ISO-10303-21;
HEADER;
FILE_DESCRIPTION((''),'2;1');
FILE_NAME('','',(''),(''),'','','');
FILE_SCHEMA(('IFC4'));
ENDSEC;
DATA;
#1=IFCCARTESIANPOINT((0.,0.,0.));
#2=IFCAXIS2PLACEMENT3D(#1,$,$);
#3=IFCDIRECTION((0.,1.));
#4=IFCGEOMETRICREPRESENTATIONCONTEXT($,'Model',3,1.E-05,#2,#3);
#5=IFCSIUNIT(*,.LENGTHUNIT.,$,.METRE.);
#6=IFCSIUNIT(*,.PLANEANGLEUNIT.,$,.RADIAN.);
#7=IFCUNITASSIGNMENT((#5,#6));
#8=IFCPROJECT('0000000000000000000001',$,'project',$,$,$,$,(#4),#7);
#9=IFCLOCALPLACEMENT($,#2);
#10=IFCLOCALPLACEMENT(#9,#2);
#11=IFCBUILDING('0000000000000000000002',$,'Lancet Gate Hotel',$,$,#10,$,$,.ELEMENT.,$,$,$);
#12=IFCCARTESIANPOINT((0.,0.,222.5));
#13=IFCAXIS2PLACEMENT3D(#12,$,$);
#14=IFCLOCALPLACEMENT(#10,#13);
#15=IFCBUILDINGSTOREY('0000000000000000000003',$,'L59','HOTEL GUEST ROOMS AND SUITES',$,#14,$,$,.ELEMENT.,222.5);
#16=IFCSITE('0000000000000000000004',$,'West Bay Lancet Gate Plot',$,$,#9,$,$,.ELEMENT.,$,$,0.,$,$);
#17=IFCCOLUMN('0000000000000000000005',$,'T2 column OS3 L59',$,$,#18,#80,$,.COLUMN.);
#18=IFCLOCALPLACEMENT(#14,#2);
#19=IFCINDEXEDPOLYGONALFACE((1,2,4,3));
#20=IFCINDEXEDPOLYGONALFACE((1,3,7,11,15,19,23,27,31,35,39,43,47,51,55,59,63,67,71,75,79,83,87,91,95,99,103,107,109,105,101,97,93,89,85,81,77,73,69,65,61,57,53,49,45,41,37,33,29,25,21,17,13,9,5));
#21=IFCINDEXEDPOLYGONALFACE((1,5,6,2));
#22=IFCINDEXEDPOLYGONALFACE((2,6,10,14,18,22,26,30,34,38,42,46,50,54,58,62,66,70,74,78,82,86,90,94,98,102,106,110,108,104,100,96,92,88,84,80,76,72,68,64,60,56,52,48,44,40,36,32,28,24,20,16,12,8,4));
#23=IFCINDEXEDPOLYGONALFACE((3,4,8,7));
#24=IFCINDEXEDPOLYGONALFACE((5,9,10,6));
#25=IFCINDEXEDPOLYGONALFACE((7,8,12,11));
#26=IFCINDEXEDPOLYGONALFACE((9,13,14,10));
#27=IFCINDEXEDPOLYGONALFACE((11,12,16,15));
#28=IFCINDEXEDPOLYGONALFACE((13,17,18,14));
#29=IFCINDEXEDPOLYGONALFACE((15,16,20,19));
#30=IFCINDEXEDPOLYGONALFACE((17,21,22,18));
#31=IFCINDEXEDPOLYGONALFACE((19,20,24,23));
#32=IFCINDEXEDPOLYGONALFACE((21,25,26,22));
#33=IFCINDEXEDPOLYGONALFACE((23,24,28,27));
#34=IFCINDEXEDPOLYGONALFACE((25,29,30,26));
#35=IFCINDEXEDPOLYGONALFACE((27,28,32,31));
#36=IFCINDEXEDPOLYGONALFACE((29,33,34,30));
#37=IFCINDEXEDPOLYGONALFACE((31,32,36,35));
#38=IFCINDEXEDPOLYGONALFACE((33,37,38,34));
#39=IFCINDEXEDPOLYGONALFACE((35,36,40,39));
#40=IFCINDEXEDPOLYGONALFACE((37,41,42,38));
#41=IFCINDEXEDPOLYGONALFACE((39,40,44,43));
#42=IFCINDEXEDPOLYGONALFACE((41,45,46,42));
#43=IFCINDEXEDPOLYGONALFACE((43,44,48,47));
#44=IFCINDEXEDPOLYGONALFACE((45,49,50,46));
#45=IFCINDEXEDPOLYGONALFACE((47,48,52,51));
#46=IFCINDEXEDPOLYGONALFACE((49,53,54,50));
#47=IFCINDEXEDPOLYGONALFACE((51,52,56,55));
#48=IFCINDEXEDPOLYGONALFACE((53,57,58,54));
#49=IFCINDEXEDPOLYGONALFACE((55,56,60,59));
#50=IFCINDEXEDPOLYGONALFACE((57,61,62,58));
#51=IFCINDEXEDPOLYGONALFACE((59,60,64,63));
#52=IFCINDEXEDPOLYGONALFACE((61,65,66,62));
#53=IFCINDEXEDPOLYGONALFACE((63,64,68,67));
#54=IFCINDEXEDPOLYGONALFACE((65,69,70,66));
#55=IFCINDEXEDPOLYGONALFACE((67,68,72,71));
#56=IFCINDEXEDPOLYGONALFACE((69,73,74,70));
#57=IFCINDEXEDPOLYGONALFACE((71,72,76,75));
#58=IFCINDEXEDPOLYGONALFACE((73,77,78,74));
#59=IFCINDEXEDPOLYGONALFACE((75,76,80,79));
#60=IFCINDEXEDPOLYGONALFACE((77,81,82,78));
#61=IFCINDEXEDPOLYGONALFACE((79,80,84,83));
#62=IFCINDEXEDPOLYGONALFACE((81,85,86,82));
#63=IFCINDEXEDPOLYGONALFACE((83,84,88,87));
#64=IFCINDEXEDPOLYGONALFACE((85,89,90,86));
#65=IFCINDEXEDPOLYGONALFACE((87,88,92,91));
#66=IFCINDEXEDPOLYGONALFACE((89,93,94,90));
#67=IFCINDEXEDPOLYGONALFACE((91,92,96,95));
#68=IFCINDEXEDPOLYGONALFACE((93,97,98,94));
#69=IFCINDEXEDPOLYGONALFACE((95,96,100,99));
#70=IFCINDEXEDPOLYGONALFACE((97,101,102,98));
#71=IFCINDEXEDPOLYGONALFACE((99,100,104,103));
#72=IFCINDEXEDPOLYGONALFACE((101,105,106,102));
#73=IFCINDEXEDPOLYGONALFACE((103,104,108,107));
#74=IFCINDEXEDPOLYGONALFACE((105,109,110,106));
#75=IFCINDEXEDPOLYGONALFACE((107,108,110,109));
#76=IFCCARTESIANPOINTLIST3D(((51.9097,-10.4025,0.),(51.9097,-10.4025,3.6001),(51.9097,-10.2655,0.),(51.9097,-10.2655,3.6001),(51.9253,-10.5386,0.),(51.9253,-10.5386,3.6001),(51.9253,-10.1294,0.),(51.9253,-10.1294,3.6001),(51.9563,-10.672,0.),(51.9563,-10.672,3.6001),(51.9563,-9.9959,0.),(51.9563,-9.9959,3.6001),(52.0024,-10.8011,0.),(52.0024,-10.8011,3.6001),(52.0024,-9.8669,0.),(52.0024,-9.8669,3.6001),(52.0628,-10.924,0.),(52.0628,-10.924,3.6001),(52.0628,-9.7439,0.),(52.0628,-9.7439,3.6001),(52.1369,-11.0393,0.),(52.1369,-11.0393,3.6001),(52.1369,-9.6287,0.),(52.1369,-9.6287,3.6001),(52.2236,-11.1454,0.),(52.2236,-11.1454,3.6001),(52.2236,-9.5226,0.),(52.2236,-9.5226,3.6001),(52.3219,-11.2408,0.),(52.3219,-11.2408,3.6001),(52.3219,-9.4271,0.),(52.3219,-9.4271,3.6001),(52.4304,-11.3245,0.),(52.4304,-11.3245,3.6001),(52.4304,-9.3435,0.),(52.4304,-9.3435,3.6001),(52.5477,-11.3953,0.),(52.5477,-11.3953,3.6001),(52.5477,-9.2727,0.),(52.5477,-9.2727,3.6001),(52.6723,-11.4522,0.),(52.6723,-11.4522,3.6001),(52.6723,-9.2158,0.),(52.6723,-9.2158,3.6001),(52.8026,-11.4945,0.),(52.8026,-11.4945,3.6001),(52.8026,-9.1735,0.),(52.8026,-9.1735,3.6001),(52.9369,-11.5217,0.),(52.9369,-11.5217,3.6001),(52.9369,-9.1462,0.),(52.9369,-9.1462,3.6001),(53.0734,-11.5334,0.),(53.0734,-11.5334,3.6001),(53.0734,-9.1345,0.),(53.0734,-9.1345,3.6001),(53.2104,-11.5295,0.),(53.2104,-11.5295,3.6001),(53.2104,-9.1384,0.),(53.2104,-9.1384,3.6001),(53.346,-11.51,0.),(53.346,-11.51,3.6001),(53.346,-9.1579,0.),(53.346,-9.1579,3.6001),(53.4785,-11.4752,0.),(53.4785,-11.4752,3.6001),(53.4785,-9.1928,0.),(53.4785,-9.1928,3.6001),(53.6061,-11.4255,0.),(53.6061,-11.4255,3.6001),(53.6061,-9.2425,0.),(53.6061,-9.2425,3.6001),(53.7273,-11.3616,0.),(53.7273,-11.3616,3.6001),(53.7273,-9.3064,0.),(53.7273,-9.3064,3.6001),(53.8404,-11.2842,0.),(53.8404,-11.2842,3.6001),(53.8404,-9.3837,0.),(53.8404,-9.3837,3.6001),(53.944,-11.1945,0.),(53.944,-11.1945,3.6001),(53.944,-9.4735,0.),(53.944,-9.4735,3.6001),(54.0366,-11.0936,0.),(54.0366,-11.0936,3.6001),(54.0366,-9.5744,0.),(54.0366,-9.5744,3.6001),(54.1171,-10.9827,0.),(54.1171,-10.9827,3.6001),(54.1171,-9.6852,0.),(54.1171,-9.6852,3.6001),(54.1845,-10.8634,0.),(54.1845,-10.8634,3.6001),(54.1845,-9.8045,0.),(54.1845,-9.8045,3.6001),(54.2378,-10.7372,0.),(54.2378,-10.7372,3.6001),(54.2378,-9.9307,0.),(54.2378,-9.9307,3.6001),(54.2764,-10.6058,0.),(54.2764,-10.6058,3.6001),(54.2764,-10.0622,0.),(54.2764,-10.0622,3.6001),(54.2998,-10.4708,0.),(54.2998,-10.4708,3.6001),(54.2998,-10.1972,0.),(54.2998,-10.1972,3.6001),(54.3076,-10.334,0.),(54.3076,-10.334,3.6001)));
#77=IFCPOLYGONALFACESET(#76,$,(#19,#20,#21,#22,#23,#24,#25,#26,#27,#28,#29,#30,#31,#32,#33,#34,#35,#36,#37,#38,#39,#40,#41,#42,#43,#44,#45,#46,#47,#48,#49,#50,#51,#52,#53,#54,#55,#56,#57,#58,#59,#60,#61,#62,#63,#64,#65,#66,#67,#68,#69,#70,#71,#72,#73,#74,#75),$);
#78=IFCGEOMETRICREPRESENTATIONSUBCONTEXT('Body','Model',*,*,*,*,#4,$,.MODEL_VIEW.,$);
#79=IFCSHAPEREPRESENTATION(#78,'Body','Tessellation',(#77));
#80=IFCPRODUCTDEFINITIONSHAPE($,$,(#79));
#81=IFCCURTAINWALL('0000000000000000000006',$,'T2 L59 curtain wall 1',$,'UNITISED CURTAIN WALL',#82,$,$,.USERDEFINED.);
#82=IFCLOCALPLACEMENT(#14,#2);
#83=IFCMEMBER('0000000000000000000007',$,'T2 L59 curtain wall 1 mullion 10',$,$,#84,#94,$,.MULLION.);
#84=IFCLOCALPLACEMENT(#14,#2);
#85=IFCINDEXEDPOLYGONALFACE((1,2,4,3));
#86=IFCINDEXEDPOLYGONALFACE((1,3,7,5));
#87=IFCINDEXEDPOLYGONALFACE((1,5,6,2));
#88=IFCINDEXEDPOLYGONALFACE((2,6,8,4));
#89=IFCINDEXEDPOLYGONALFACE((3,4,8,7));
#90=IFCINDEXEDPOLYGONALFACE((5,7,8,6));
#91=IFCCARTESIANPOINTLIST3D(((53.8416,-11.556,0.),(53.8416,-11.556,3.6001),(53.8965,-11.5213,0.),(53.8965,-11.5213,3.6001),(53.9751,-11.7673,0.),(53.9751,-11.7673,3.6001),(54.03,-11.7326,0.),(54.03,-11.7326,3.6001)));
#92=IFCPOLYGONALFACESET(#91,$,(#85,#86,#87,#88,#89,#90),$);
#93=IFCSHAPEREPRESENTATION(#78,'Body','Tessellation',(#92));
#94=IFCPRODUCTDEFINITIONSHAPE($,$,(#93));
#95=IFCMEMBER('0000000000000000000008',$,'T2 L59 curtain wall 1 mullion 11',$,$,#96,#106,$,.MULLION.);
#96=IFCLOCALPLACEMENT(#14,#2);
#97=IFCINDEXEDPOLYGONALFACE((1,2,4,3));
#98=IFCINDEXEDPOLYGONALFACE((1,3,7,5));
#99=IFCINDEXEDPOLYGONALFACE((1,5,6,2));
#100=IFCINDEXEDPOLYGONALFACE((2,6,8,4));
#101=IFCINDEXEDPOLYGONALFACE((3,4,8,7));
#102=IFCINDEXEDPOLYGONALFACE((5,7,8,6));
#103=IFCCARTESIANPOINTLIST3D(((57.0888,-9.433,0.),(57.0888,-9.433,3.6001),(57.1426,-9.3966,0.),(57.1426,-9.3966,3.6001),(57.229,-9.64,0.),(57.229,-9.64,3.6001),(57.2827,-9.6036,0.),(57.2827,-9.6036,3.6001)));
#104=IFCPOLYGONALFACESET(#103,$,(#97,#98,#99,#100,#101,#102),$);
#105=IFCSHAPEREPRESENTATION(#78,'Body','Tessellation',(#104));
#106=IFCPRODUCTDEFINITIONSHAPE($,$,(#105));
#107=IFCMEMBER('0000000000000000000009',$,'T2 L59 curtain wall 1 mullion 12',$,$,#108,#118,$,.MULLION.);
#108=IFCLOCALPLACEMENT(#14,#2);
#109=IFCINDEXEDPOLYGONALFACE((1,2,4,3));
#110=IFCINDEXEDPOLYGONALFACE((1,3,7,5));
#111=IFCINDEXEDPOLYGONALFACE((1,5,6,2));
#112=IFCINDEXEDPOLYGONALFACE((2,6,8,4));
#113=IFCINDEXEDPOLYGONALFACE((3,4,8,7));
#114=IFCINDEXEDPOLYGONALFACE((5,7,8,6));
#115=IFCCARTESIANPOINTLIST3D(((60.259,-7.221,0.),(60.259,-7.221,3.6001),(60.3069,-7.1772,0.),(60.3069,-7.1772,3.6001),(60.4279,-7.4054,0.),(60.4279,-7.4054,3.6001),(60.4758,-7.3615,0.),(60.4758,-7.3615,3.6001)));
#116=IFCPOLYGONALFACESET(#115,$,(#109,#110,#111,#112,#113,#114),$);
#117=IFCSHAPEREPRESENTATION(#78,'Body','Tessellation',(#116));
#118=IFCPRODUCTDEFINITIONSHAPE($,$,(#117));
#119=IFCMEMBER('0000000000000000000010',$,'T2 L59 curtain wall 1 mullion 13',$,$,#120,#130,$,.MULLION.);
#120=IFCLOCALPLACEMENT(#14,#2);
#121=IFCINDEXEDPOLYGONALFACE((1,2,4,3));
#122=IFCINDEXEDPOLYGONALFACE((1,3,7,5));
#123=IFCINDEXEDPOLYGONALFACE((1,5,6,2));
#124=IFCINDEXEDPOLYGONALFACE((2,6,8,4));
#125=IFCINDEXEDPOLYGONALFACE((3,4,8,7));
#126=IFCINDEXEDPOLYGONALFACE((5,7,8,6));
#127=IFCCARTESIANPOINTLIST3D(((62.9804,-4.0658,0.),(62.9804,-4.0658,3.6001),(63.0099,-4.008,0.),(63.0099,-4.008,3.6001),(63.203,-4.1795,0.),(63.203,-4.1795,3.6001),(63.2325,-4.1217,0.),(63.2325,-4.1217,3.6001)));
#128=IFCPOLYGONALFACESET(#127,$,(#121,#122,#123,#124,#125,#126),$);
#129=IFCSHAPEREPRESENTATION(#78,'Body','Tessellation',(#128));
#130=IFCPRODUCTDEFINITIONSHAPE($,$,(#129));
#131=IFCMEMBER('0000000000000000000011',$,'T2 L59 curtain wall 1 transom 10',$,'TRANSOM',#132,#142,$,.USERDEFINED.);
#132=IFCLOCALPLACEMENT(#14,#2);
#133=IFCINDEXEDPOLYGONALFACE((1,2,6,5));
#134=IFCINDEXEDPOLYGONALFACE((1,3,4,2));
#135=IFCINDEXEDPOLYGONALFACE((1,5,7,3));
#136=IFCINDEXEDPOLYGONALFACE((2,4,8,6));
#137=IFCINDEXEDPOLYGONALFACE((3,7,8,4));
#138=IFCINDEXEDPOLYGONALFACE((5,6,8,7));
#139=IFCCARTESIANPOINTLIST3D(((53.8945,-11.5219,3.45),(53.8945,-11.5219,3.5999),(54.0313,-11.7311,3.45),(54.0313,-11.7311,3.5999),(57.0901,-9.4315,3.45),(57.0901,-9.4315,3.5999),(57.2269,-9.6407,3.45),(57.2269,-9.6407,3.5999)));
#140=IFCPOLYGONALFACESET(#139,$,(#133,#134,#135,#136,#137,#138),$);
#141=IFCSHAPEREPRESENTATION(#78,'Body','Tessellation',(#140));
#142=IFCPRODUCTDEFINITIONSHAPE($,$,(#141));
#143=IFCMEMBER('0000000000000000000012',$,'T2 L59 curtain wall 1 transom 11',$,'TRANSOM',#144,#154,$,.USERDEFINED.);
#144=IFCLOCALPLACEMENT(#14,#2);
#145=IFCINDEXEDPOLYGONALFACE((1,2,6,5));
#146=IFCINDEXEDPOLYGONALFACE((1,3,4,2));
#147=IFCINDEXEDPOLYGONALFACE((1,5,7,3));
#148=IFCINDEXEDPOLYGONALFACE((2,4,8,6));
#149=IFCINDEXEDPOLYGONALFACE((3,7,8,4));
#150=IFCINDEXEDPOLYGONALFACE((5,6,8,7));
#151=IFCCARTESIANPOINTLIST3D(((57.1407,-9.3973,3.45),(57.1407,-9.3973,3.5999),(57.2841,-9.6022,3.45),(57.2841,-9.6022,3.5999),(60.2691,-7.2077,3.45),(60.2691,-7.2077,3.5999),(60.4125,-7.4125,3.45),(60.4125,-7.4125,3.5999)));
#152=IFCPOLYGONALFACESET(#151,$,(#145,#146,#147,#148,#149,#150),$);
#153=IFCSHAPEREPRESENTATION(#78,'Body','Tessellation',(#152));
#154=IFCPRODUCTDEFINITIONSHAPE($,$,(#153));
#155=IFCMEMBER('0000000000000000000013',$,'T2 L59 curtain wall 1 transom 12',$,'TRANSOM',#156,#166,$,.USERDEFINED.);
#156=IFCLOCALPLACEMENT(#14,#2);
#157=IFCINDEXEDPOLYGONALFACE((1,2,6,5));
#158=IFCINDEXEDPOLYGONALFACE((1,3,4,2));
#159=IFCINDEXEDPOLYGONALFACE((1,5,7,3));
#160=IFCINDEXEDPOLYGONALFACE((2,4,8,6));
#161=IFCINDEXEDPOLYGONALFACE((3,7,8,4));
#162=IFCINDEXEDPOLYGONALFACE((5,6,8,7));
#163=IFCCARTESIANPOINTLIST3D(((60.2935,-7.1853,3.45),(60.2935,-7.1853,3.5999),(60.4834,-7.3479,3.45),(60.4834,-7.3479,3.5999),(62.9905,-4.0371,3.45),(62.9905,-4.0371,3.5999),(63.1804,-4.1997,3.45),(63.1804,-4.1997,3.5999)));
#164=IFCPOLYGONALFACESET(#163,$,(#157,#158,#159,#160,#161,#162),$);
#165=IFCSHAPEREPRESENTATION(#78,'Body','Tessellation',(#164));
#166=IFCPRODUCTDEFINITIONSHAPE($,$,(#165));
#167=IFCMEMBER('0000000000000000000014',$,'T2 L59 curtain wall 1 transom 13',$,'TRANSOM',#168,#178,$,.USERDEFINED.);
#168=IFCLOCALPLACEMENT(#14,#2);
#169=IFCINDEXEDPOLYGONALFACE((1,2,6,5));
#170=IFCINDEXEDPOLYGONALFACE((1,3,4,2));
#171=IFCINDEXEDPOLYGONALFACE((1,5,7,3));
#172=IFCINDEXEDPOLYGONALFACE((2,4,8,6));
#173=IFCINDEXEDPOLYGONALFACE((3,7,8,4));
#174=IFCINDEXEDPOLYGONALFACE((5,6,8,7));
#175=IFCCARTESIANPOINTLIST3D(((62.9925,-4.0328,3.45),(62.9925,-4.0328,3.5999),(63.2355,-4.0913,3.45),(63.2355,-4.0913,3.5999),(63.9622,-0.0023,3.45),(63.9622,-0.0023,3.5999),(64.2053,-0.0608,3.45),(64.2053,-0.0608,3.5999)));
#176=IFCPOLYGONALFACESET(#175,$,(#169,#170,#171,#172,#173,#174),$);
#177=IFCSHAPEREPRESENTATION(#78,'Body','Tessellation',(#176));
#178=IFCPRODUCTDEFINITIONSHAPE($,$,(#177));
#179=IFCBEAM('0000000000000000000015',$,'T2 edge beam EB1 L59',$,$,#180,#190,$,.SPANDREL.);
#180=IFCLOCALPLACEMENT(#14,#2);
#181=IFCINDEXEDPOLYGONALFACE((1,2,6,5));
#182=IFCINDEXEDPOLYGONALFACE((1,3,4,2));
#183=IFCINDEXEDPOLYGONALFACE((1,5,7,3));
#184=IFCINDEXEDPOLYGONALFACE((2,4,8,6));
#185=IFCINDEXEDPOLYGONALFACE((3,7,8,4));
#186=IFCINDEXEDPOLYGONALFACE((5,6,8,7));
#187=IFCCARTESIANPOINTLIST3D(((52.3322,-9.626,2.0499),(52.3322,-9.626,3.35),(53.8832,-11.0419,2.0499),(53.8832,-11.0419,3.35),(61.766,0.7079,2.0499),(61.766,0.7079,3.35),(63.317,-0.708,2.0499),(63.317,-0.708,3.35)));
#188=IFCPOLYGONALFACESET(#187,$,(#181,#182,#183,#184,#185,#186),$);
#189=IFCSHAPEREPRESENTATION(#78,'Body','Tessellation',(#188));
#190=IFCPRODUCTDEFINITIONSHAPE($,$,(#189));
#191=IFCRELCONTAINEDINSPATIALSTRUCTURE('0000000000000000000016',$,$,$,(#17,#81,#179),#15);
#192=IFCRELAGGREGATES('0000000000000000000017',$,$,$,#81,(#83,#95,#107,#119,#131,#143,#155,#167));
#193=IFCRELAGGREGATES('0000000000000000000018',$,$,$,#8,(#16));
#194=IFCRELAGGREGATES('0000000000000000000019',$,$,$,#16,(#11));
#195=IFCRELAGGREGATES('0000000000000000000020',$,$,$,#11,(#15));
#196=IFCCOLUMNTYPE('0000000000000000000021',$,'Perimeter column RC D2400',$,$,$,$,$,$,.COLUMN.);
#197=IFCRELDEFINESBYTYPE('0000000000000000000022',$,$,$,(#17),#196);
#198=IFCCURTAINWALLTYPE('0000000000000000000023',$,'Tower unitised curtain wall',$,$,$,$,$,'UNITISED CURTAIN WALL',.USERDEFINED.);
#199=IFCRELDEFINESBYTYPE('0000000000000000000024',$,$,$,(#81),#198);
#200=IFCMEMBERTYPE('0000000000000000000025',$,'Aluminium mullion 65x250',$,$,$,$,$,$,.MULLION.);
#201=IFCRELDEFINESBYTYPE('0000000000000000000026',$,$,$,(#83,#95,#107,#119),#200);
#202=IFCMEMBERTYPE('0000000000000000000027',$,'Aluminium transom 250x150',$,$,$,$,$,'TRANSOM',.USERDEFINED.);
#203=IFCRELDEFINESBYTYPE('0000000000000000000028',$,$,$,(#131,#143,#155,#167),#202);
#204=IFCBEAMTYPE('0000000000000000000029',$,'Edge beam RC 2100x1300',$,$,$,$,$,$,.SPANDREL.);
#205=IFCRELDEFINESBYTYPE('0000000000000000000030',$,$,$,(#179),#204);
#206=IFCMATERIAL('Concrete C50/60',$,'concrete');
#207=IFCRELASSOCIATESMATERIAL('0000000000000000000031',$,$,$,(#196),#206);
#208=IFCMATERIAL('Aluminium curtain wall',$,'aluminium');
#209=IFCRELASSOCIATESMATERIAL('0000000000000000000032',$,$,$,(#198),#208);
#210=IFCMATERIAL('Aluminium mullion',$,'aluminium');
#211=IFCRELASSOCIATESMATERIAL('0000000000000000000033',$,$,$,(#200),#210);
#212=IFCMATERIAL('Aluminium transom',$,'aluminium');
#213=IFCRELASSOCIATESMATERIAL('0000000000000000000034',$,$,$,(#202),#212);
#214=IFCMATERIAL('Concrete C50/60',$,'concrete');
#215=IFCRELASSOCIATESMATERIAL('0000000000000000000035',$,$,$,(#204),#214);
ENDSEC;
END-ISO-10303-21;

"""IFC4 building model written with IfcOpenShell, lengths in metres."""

from ifc_helpers import new_model, si_unit, direction, frame, origin, origin_2d, place, context, subcontext, project, spatial, rectangle, circle, extrude, material, material_profile, profile_set, type_object, element, aggregate, save


model = new_model("IFC4")

# Units and contexts
model_context = context("Model", 3, precision=1e-05, world=origin(), true_north=direction((0.0, 1.0)))
body_context = subcontext(model_context, "Body", "Model", "MODEL_VIEW")
ifc_project = project(units=[si_unit("LENGTHUNIT", "METRE"), si_unit("PLANEANGLEUNIT", "RADIAN")], contexts=[model_context])

# Site, building, storey
site_placement = place(None, origin())
site = spatial("IfcSite", under=ifc_project, at=site_placement, Name="West Bay Lancet Gate Plot", CompositionType="ELEMENT", RefElevation=0.0)
building_placement = place(site_placement, origin())
building = spatial("IfcBuilding", under=site, at=building_placement, Name="Lancet Gate Hotel", CompositionType="ELEMENT")
storey_placement = place(building_placement, frame((0.0, 0.0, 222.5)))
storey = spatial("IfcBuildingStorey", under=building, at=storey_placement, Name="L59", Description="HOTEL GUEST ROOMS AND SUITES", CompositionType="ELEMENT", Elevation=222.5)

# Column
ifc_material_1 = material(Name="Concrete C50/60", Category="concrete")
ifc_material_profile_1 = material_profile(ifc_material_1, circle(Radius=1.2, at=origin_2d()), Name="RC D2400")
ifc_profile_set_1 = profile_set([ifc_material_profile_1], Name="Concrete C50/60")
column_type = type_object("IfcColumnType", Name="Perimeter column RC D2400", PredefinedType="COLUMN", material=ifc_profile_set_1)
column_placement = place(storey_placement, frame((53.1077, -10.334, 0.0), z_axis=(0.0, 0.0, 1.0), x_axis=(1.0, 0.0, 0.0)))
element("IfcColumn", 1, at=column_placement, inside=storey, type_object=column_type, Name="T2 column OS3 L59", PredefinedType="COLUMN", context=body_context, shape_type="SweptSolid", body=[
    extrude(circle(Radius=1.2, at=origin_2d()), origin(), (0.0, 0.0, 1.0), 3.6001),
])

# Curtain wall, members
ifc_material_2 = material(Name="Aluminium curtain wall", Category="aluminium")
curtain_wall_type = type_object("IfcCurtainWallType", Name="Tower unitised curtain wall", ElementType="UNITISED CURTAIN WALL", PredefinedType="USERDEFINED", material=ifc_material_2)
curtain_wall_placement = place(storey_placement, origin())
curtain_wall = element("IfcCurtainWall", 2, at=curtain_wall_placement, inside=storey, type_object=curtain_wall_type, Name="T2 L59 curtain wall 1", ObjectType="UNITISED CURTAIN WALL", PredefinedType="USERDEFINED")
ifc_material_3 = material(Name="Aluminium mullion", Category="aluminium")
ifc_material_profile_2 = material_profile(ifc_material_3, rectangle(XDim=0.0649, YDim=0.25, at=origin_2d()), Name="MULLION 65x250")
ifc_profile_set_2 = profile_set([ifc_material_profile_2], Name="Aluminium mullion")
member_type_1 = type_object("IfcMemberType", Name="Aluminium mullion 65x250", PredefinedType="MULLION", material=ifc_profile_set_2)
member_1_placement = place(storey_placement, frame((53.9358, -11.6443, 0.0), z_axis=(0.0, 0.0, 1.0), x_axis=(0.84534, 0.534229, 0.0)))
member_1 = element("IfcMember", 3, at=member_1_placement, type_object=member_type_1, Name="T2 L59 curtain wall 1 mullion 10", PredefinedType="MULLION", context=body_context, shape_type="SweptSolid", body=[
    extrude(rectangle(XDim=0.0649, YDim=0.25, at=origin_2d()), origin(), (0.0, 0.0, 1.0), 3.6001),
])
member_2_placement = place(storey_placement, frame((57.1858, -9.5183, 0.0), z_axis=(0.0, 0.0, 1.0), x_axis=(0.828155, 0.5605, 0.0)))
member_2 = element("IfcMember", 4, at=member_2_placement, type_object=member_type_1, Name="T2 L59 curtain wall 1 mullion 11", PredefinedType="MULLION", context=body_context, shape_type="SweptSolid", body=[
    extrude(rectangle(XDim=0.0649, YDim=0.25, at=origin_2d()), origin(), (0.0, 0.0, 1.0), 3.6001),
])
member_3_placement = place(storey_placement, frame((60.3674, -7.2913, 0.0), z_axis=(0.0, 0.0, 1.0), x_axis=(0.737323, 0.67554, 0.0)))
member_3 = element("IfcMember", 5, at=member_3_placement, type_object=member_type_1, Name="T2 L59 curtain wall 1 mullion 12", PredefinedType="MULLION", context=body_context, shape_type="SweptSolid", body=[
    extrude(rectangle(XDim=0.0649, YDim=0.25, at=origin_2d()), origin(), (0.0, 0.0, 1.0), 3.6001),
])
member_4_placement = place(storey_placement, frame((63.1064, -4.0938, 0.0), z_axis=(0.0, 0.0, 1.0), x_axis=(0.454853, 0.890567, 0.0)))
member_4 = element("IfcMember", 6, at=member_4_placement, type_object=member_type_1, Name="T2 L59 curtain wall 1 mullion 13", PredefinedType="MULLION", context=body_context, shape_type="SweptSolid", body=[
    extrude(rectangle(XDim=0.0649, YDim=0.25, at=origin_2d()), origin(), (0.0, 0.0, 1.0), 3.6001),
])
ifc_material_4 = material(Name="Aluminium transom", Category="aluminium")
ifc_material_profile_3 = material_profile(ifc_material_4, rectangle(XDim=0.25, YDim=0.1499, at=origin_2d()), Name="TRANSOM 250x150")
ifc_profile_set_3 = profile_set([ifc_material_profile_3], Name="Aluminium transom")
member_type_2 = type_object("IfcMemberType", Name="Aluminium transom 250x150", ElementType="TRANSOM", PredefinedType="USERDEFINED", material=ifc_profile_set_3)
member_5_placement = place(storey_placement, frame((53.9629, -11.6265, 3.5249), z_axis=(0.836858, 0.54742, 0.0), x_axis=(-0.54742, 0.836858, 0.0)))
member_5 = element("IfcMember", 7, at=member_5_placement, type_object=member_type_2, Name="T2 L59 curtain wall 1 transom 10", ObjectType="TRANSOM", PredefinedType="USERDEFINED", context=body_context, shape_type="SweptSolid", body=[
    extrude(rectangle(XDim=0.25, YDim=0.1499, at=origin_2d()), origin(), (0.0, 0.0, 1.0), 3.8186),
])
member_6_placement = place(storey_placement, frame((57.2124, -9.4998, 3.5249), z_axis=(0.819256, 0.573428, 0.0), x_axis=(-0.573428, 0.819256, 0.0)))
member_6 = element("IfcMember", 8, at=member_6_placement, type_object=member_type_2, Name="T2 L59 curtain wall 1 transom 11", ObjectType="TRANSOM", PredefinedType="USERDEFINED", context=body_context, shape_type="SweptSolid", body=[
    extrude(rectangle(XDim=0.25, YDim=0.1499, at=origin_2d()), origin(), (0.0, 0.0, 1.0), 3.8186),
])
member_7_placement = place(storey_placement, frame((60.3884, -7.2666, 3.5249), z_axis=(0.650593, 0.759427, 0.0), x_axis=(-0.759427, 0.650593, 0.0)))
member_7 = element("IfcMember", 9, at=member_7_placement, type_object=member_type_2, Name="T2 L59 curtain wall 1 transom 12", ObjectType="TRANSOM", PredefinedType="USERDEFINED", context=body_context, shape_type="SweptSolid", body=[
    extrude(rectangle(XDim=0.25, YDim=0.1499, at=origin_2d()), origin(), (0.0, 0.0, 1.0), 4.1455),
])
member_8_placement = place(storey_placement, frame((63.114, -4.062, 3.5249), z_axis=(0.233921, 0.972256, 0.0), x_axis=(-0.972256, 0.233921, 0.0)))
member_8 = element("IfcMember", 10, at=member_8_placement, type_object=member_type_2, Name="T2 L59 curtain wall 1 transom 13", ObjectType="TRANSOM", PredefinedType="USERDEFINED", context=body_context, shape_type="SweptSolid", body=[
    extrude(rectangle(XDim=0.25, YDim=0.1499, at=origin_2d()), origin(), (0.0, 0.0, 1.0), 4.1455),
])

# Beam
ifc_material_5 = material(Name="Concrete C50/60", Category="concrete")
ifc_material_profile_4 = material_profile(ifc_material_5, rectangle(XDim=2.1001, YDim=1.3, at=origin_2d()), Name="RC 2100x1300")
ifc_profile_set_4 = profile_set([ifc_material_profile_4], Name="Concrete C50/60")
beam_type_1 = type_object("IfcBeamType", Name="Edge beam RC 2100x1300", PredefinedType="SPANDREL", material=ifc_profile_set_4)
beam_1_placement = place(storey_placement, frame((53.1077, -10.334, 2.7), z_axis=(0.674209, 0.73854, 0.0), x_axis=(-0.73854, 0.674209, 0.0)))
element("IfcBeam", 11, at=beam_1_placement, inside=storey, type_object=beam_type_1, Name="T2 edge beam EB1 L59", PredefinedType="SPANDREL", context=body_context, shape_type="SweptSolid", body=[
    extrude(rectangle(XDim=2.1001, YDim=1.3, at=origin_2d()), origin(), (0.0, 0.0, 1.0), 13.9924),
])

aggregate(curtain_wall, [member_1, member_2, member_3, member_4, member_5, member_6, member_7, member_8])

save(model, "model.ifc")
